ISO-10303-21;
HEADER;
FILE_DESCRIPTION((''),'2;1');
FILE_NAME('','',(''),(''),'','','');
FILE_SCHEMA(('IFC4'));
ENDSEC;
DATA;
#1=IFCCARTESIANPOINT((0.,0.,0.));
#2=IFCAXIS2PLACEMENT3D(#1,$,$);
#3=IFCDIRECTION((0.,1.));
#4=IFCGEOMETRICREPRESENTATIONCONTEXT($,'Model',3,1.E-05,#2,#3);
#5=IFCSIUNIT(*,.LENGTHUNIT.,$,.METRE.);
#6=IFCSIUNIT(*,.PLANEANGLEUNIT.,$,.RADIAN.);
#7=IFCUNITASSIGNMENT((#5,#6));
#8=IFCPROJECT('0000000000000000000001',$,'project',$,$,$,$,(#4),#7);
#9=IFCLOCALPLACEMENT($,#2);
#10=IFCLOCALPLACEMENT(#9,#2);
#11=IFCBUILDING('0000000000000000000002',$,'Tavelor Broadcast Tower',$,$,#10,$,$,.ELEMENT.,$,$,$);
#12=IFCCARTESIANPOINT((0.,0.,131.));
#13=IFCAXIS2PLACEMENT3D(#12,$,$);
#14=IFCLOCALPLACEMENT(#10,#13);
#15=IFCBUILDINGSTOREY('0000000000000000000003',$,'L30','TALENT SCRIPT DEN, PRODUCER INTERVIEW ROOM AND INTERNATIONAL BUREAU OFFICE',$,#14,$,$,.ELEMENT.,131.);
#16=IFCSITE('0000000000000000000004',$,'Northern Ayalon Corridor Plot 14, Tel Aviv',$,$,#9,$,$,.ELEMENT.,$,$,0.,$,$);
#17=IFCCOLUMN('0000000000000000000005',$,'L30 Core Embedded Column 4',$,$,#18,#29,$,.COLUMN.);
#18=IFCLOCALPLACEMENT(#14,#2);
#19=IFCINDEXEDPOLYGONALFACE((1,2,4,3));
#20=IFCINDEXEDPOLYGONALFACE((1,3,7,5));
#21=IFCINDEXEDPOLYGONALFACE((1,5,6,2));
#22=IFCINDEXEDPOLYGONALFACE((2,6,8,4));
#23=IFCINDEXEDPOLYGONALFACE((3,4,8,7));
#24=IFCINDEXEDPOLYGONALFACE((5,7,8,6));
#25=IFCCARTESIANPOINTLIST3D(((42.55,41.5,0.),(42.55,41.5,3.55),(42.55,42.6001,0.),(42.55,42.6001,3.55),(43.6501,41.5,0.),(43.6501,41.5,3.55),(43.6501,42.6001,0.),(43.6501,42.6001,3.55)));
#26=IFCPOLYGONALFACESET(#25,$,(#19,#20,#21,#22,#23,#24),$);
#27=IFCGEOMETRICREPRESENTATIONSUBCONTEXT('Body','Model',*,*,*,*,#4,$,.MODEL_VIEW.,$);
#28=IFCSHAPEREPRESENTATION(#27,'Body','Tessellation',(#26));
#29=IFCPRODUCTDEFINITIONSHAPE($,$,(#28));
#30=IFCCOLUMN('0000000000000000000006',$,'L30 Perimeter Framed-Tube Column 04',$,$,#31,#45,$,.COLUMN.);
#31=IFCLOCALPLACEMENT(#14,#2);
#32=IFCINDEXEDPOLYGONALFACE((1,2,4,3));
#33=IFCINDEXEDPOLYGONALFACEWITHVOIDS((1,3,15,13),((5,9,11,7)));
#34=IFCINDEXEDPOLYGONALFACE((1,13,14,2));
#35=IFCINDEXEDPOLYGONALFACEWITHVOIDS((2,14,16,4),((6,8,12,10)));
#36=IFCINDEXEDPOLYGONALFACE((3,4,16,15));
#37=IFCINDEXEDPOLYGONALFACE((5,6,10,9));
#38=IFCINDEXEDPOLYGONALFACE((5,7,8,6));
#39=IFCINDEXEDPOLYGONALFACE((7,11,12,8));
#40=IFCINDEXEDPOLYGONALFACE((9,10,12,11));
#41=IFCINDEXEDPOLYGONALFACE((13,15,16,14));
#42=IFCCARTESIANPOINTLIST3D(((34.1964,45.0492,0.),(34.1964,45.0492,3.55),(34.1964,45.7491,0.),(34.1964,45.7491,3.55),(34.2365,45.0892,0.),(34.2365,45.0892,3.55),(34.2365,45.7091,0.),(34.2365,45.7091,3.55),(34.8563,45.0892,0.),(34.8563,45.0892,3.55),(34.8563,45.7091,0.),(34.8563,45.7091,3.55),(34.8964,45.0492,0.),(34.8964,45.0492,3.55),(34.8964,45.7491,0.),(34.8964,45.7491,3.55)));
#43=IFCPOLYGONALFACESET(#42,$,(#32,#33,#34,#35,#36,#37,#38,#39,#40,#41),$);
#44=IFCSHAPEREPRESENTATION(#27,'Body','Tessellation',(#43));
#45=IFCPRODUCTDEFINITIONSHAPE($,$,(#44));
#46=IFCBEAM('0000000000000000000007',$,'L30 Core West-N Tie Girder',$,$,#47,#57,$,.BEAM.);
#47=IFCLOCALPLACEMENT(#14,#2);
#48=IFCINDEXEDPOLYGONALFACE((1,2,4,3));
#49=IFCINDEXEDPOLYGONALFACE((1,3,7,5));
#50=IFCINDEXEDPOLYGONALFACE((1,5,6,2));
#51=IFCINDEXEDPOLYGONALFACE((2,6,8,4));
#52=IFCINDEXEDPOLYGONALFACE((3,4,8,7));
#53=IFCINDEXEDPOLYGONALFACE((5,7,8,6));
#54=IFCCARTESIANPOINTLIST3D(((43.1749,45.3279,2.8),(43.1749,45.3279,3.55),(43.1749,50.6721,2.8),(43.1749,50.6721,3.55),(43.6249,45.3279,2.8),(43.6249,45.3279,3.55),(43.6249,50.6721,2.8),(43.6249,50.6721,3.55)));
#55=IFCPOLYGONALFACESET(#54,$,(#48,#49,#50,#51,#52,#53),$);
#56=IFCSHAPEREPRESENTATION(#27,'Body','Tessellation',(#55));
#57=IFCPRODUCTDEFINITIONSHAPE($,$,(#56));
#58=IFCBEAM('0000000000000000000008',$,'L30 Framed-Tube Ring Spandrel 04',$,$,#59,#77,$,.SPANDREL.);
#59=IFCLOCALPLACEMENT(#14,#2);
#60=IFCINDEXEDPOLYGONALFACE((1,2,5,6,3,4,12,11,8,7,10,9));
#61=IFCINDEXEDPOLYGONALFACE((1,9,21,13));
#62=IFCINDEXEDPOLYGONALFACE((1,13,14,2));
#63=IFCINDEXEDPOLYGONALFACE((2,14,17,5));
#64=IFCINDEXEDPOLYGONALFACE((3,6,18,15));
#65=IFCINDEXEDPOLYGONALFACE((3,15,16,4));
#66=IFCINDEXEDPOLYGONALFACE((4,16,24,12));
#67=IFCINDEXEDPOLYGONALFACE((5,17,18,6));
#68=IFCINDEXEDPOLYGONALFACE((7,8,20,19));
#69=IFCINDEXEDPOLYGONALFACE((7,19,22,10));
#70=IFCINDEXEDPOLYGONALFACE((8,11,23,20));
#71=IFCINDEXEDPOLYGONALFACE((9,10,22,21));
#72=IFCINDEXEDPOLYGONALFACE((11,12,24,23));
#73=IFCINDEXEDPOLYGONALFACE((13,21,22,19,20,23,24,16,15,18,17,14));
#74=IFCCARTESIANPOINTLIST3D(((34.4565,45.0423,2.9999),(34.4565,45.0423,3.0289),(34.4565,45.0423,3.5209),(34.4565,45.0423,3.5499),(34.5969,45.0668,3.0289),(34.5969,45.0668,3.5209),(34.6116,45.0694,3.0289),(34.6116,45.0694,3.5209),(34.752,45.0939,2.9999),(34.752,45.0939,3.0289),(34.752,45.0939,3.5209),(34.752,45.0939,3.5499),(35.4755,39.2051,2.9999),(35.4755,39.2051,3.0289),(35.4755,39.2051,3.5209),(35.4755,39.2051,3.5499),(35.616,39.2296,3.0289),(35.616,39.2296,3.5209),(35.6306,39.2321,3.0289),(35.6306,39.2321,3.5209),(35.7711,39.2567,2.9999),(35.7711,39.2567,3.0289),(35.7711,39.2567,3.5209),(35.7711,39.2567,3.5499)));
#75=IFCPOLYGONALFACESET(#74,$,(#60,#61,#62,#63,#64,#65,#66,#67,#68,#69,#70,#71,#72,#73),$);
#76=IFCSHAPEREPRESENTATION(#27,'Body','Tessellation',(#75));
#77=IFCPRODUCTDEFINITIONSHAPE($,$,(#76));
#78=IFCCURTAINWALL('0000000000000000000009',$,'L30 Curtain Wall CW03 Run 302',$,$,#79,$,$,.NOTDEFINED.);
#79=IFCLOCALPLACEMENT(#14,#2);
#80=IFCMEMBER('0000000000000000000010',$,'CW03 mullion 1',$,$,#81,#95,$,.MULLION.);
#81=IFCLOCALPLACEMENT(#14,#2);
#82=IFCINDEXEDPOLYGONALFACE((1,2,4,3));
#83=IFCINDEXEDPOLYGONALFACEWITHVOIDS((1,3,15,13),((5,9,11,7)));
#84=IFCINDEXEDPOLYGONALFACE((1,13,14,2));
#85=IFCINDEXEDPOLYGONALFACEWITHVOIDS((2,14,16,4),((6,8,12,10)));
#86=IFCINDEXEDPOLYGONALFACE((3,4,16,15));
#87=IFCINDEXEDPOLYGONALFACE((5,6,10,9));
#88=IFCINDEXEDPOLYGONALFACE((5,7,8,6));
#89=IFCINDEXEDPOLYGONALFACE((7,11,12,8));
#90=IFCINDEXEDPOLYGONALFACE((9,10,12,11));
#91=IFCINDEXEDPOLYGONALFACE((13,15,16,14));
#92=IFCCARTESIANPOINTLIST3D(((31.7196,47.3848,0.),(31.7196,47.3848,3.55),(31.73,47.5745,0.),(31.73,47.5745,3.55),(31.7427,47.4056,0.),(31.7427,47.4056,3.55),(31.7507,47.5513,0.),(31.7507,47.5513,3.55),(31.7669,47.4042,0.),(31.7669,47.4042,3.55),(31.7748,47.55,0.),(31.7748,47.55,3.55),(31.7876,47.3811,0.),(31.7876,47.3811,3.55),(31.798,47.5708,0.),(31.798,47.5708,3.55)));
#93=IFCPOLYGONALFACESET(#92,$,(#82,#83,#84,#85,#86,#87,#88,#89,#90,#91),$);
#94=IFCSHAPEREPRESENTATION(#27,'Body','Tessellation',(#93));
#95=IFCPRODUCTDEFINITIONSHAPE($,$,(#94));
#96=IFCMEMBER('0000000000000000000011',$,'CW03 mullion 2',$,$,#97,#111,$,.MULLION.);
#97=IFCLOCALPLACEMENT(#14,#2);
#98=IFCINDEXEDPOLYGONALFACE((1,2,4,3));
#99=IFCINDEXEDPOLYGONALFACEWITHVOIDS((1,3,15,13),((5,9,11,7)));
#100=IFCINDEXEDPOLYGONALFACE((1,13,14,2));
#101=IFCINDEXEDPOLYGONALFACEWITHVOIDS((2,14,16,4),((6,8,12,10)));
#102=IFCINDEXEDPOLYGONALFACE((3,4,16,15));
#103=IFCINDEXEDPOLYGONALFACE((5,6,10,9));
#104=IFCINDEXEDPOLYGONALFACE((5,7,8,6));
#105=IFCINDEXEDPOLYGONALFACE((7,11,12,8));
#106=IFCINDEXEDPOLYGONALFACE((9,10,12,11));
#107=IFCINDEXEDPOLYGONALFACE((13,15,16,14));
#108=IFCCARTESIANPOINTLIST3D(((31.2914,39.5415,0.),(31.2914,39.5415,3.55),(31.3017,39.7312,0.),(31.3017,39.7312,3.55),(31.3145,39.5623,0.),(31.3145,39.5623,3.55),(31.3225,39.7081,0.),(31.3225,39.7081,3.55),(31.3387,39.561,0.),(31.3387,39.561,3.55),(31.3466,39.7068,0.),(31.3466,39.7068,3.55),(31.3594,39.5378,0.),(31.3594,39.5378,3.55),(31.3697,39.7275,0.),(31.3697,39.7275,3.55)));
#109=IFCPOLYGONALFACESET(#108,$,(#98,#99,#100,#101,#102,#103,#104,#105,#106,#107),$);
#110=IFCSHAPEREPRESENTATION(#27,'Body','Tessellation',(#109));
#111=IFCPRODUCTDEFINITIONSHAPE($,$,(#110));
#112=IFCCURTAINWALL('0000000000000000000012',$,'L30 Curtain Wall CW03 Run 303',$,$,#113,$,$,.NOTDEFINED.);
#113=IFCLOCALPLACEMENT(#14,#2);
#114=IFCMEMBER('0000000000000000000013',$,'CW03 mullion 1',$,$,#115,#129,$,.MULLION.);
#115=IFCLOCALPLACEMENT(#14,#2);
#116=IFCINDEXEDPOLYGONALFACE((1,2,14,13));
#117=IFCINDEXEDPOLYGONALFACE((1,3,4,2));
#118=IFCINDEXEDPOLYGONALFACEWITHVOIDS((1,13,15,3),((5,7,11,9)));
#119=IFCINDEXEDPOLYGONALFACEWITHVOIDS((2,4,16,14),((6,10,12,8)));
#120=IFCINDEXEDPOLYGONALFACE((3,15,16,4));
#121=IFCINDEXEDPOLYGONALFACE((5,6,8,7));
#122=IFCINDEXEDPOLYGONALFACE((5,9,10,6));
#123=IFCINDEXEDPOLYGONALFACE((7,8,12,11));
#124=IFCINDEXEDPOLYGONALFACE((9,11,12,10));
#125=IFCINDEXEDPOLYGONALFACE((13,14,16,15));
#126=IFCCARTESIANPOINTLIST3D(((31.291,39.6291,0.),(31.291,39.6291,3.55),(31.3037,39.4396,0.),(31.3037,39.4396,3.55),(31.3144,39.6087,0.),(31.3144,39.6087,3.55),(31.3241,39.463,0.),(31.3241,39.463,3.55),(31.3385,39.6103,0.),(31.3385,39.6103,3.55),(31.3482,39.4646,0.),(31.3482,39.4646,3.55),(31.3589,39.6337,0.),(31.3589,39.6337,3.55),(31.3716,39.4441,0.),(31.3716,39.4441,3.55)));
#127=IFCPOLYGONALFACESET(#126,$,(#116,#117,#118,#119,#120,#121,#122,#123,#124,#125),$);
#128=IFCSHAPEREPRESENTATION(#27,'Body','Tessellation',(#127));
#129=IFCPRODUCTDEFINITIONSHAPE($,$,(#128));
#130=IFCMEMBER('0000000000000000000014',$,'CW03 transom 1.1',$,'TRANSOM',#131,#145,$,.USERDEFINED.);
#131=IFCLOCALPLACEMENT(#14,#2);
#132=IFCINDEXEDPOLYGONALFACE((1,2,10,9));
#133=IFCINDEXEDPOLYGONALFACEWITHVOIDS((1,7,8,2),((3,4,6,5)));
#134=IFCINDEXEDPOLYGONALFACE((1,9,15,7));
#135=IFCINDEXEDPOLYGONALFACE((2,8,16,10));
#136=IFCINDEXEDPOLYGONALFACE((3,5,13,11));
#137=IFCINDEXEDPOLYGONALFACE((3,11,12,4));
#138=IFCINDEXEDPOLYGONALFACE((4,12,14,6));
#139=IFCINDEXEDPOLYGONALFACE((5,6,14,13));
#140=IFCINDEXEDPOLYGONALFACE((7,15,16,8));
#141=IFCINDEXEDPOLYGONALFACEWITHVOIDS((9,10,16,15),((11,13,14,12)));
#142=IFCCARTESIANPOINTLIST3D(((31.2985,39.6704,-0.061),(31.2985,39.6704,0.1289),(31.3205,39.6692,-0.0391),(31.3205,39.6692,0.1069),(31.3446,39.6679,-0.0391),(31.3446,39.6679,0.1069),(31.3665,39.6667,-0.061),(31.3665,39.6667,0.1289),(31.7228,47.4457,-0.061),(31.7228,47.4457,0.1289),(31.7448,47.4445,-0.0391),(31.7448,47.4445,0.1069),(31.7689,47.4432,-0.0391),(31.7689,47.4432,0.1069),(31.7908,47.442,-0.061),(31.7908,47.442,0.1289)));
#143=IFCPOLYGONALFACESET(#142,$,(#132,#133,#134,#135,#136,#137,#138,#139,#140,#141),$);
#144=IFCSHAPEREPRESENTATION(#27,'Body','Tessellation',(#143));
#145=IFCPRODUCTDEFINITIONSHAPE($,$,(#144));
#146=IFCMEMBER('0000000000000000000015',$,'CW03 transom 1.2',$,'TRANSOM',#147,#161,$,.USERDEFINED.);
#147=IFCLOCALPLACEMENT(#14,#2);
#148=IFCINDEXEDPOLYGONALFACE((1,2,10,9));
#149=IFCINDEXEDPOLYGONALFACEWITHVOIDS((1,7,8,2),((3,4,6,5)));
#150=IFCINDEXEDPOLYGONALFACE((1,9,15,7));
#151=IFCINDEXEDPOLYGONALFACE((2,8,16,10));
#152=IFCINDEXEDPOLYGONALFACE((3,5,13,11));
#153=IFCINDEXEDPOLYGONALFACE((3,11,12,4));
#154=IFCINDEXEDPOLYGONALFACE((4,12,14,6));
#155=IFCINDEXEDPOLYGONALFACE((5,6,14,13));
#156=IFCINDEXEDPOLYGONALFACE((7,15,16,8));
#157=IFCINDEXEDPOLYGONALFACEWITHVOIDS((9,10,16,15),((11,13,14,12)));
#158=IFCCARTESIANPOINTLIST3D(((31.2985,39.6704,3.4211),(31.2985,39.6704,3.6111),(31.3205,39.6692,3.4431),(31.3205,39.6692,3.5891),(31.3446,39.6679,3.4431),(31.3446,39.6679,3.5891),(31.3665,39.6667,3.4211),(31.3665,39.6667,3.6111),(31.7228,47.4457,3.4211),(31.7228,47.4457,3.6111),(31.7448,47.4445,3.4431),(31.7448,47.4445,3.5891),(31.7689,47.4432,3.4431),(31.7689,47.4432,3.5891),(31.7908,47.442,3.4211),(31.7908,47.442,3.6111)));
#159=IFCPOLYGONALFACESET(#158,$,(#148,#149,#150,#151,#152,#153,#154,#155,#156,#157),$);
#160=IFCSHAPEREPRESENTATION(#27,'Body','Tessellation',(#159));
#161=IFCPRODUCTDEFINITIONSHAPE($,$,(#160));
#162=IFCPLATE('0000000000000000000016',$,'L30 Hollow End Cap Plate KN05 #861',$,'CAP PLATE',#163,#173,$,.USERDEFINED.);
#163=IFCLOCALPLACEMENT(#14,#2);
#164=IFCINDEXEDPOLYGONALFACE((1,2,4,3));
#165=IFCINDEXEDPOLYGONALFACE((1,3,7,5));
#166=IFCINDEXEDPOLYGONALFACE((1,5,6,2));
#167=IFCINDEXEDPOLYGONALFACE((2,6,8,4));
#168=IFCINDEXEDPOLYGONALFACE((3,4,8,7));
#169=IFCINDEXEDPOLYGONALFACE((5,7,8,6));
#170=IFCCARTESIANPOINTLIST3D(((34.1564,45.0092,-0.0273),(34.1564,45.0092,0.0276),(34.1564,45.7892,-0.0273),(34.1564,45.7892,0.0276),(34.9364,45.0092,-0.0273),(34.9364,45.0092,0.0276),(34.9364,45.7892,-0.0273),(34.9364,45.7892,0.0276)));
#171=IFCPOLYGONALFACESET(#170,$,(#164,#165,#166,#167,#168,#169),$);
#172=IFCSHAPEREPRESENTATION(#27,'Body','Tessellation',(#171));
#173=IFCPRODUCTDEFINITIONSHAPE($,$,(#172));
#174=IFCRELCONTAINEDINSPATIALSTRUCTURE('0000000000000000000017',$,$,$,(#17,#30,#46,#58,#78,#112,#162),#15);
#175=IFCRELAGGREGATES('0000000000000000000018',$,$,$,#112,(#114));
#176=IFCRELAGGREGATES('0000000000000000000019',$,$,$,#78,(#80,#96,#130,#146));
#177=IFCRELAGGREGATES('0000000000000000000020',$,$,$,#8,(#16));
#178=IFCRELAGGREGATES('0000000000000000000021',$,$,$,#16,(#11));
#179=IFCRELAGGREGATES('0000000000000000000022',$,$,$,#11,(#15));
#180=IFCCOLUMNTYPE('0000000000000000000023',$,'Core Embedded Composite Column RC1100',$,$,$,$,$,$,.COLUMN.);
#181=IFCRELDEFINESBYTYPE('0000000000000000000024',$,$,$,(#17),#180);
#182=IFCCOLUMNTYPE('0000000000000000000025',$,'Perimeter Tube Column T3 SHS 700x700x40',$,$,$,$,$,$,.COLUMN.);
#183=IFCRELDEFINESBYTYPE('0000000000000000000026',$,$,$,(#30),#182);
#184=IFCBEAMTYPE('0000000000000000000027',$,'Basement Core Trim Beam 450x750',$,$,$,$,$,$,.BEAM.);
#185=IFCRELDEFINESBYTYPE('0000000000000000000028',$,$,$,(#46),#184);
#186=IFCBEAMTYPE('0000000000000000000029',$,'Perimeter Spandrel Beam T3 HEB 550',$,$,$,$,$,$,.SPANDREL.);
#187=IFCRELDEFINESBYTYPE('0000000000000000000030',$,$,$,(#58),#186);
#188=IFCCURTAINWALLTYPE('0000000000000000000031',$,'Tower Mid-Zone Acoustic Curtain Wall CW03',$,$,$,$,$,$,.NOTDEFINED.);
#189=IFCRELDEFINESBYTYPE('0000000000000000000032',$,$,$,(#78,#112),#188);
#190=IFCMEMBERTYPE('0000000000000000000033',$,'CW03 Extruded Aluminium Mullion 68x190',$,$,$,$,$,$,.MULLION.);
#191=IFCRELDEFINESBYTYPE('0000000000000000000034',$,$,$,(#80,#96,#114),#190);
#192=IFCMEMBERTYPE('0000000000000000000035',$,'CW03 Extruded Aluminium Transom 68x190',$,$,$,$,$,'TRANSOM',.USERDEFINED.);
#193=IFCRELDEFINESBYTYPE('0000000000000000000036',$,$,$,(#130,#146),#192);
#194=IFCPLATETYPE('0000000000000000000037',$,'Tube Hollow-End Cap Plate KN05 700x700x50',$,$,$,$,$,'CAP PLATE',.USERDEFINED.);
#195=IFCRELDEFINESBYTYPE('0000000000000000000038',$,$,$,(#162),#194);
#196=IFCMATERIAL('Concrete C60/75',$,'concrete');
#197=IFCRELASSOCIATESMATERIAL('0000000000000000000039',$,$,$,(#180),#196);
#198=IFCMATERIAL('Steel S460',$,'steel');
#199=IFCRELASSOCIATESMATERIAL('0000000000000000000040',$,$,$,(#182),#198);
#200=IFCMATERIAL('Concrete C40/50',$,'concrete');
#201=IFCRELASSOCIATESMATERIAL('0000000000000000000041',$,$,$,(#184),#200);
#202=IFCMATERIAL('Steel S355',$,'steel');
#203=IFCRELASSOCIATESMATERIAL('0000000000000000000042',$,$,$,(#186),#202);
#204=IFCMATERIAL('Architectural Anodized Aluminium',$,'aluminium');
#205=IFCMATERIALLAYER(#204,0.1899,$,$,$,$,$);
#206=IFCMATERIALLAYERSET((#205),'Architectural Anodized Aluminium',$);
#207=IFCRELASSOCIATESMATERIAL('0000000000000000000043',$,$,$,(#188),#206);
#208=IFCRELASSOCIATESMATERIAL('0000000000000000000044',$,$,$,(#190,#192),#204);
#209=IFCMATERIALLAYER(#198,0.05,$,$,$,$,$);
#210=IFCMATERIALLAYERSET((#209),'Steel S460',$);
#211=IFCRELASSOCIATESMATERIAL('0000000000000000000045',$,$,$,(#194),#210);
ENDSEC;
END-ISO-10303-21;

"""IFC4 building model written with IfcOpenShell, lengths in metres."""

from ifc_helpers import new_model, si_unit, direction, frame, origin, origin_2d, place, context, subcontext, project, spatial, rectangle, hollow_rectangle, i_section, extrude, source, transform, mapped, material, layer, layer_set, material_profile, profile_set, type_object, type_shapes, element, aggregate, save


model = new_model("IFC4")

# Units and contexts
model_context = context("Model", 3, precision=1e-05, world=origin(), true_north=direction((0.0, 1.0)))
body_context = subcontext(model_context, "Body", "Model", "MODEL_VIEW")
ifc_project = project(units=[si_unit("LENGTHUNIT", "METRE"), si_unit("PLANEANGLEUNIT", "RADIAN")], contexts=[model_context])

# Site, building, storey
site_placement = place(None, origin())
site = spatial("IfcSite", under=ifc_project, at=site_placement, Name="Northern Ayalon Corridor Plot 14, Tel Aviv", CompositionType="ELEMENT", RefElevation=0.0)
building_placement = place(site_placement, origin())
building = spatial("IfcBuilding", under=site, at=building_placement, Name="Tavelor Broadcast Tower", CompositionType="ELEMENT")
storey_placement = place(building_placement, frame((0.0, 0.0, 131.0)))
storey = spatial("IfcBuildingStorey", under=building, at=storey_placement, Name="L30", Description="TALENT SCRIPT DEN, PRODUCER INTERVIEW ROOM AND INTERNATIONAL BUREAU OFFICE", CompositionType="ELEMENT", Elevation=131.0)

# Columns
ifc_material_1 = material(Name="Concrete C60/75", Category="concrete")
ifc_material_profile_1 = material_profile(ifc_material_1, rectangle(XDim=1.1001, YDim=1.1001, at=origin_2d()), Name="RC 1100x1100")
ifc_profile_set_1 = profile_set([ifc_material_profile_1], Name="Concrete C60/75")
column_type_1 = type_object("IfcColumnType", Name="Core Embedded Composite Column RC1100", PredefinedType="COLUMN", material=ifc_profile_set_1)
column_1_placement = place(storey_placement, frame((43.1001, 42.05, 0.0), z_axis=(0.0, 0.0, 1.0), x_axis=(1.0, 0.0, 0.0)))
element("IfcColumn", 1, at=column_1_placement, inside=storey, type_object=column_type_1, Name="L30 Core Embedded Column 4", PredefinedType="COLUMN", context=body_context, shape_type="SweptSolid", body=[
    extrude(rectangle(XDim=1.1001, YDim=1.1001, at=origin_2d()), origin(), (0.0, 0.0, 1.0), 3.55),
])
ifc_material_2 = material(Name="Steel S460", Category="steel")
ifc_material_profile_2 = material_profile(ifc_material_2, hollow_rectangle(XDim=0.7, YDim=0.7, WallThickness=0.04, at=origin_2d()), Name="SHS 700x700x40")
ifc_profile_set_2 = profile_set([ifc_material_profile_2], Name="Steel S460")
column_type_2 = type_object("IfcColumnType", Name="Perimeter Tube Column T3 SHS 700x700x40", PredefinedType="COLUMN", material=ifc_profile_set_2)
column_2_placement = place(storey_placement, frame((34.5464, 45.3992, 0.0), z_axis=(0.0, 0.0, 1.0), x_axis=(1.0, 0.0, 0.0)))
element("IfcColumn", 2, at=column_2_placement, inside=storey, type_object=column_type_2, Name="L30 Perimeter Framed-Tube Column 04", PredefinedType="COLUMN", context=body_context, shape_type="SweptSolid", body=[
    extrude(hollow_rectangle(XDim=0.7, YDim=0.7, WallThickness=0.04, at=origin_2d()), origin(), (0.0, 0.0, 1.0), 3.55),
])

# Beams
ifc_material_3 = material(Name="Concrete C40/50", Category="concrete")
ifc_material_profile_3 = material_profile(ifc_material_3, rectangle(XDim=0.45, YDim=0.75, at=origin_2d()), Name="RC 450x750")
ifc_profile_set_3 = profile_set([ifc_material_profile_3], Name="Concrete C40/50")
beam_type_1 = type_object("IfcBeamType", Name="Basement Core Trim Beam 450x750", PredefinedType="BEAM", material=ifc_profile_set_3)
beam_1_placement = place(storey_placement, frame((43.3999, 45.3279, 3.175), z_axis=(0.0, 1.0, 0.0), x_axis=(-1.0, 0.0, 0.0)))
element("IfcBeam", 3, at=beam_1_placement, inside=storey, type_object=beam_type_1, Name="L30 Core West-N Tie Girder", PredefinedType="BEAM", context=body_context, shape_type="SweptSolid", body=[
    extrude(rectangle(XDim=0.45, YDim=0.75, at=origin_2d()), origin(), (0.0, 0.0, 1.0), 5.3442),
])
ifc_material_4 = material(Name="Steel S355", Category="steel")
ifc_material_profile_4 = material_profile(ifc_material_4, i_section(OverallWidth=0.3, OverallDepth=0.55, WebThickness=0.0149, FlangeThickness=0.0291, at=origin_2d()), Name="HEB 550")
ifc_profile_set_4 = profile_set([ifc_material_profile_4], Name="Steel S355")
beam_type_2 = type_object("IfcBeamType", Name="Perimeter Spandrel Beam T3 HEB 550", PredefinedType="SPANDREL", material=ifc_profile_set_4)
beam_2_placement = place(storey_placement, frame((34.6042, 45.0681, 3.2749), z_axis=(0.171978, -0.985101, 0.0), x_axis=(0.985101, 0.171978, 0.0)))
element("IfcBeam", 4, at=beam_2_placement, inside=storey, type_object=beam_type_2, Name="L30 Framed-Tube Ring Spandrel 04", PredefinedType="SPANDREL", context=body_context, shape_type="SweptSolid", body=[
    extrude(i_section(OverallWidth=0.3, OverallDepth=0.55, WebThickness=0.0149, FlangeThickness=0.0291, at=origin_2d()), origin(), (0.0, 0.0, 1.0), 5.9255),
])

# Curtain wall, members
ifc_material_5 = material(Name="Architectural Anodized Aluminium", Category="aluminium")
ifc_layer_1 = layer(ifc_material_5, 0.1899)
ifc_layer_set_1 = layer_set([ifc_layer_1], Name="Architectural Anodized Aluminium")
curtain_wall_type = type_object("IfcCurtainWallType", Name="Tower Mid-Zone Acoustic Curtain Wall CW03", PredefinedType="NOTDEFINED", material=ifc_layer_set_1)
curtain_wall_1_placement = place(storey_placement, origin())
curtain_wall_1 = element("IfcCurtainWall", 5, at=curtain_wall_1_placement, inside=storey, type_object=curtain_wall_type, Name="L30 Curtain Wall CW03 Run 302", PredefinedType="NOTDEFINED")
ifc_material_profile_5 = material_profile(ifc_material_5, hollow_rectangle(XDim=0.0681, YDim=0.1899, WallThickness=0.022, at=origin_2d()), Name="RHS 68x190x22")
ifc_profile_set_5 = profile_set([ifc_material_profile_5], Name="Architectural Anodized Aluminium")
member_type_1 = type_object("IfcMemberType", Name="CW03 Extruded Aluminium Mullion 68x190", PredefinedType="MULLION", material=ifc_profile_set_5)
shared_shape_1 = source(origin(), body_context, "Body", "SweptSolid", [
    extrude(hollow_rectangle(XDim=0.0681, YDim=0.1899, WallThickness=0.022, at=origin_2d()), origin(), (0.0, 0.0, 1.0), 3.55),
])
type_shapes(member_type_1, [shared_shape_1])
member_1_placement = place(storey_placement, frame((31.7588, 47.4778, 0.0), z_axis=(0.0, 0.0, 1.0), x_axis=(0.998514, -0.054499, 0.0)))
member_1 = element("IfcMember", 6, at=member_1_placement, type_object=member_type_1, Name="CW03 mullion 1", PredefinedType="MULLION", context=body_context, shape_type="MappedRepresentation", body=[
    mapped(shared_shape_1, transform((0.0, 0.0, 0.0), scale=1.0)),
])
member_2_placement = place(storey_placement, frame((31.3306, 39.6345, 0.0), z_axis=(0.0, 0.0, 1.0), x_axis=(0.998514, -0.054499, 0.0)))
member_2 = element("IfcMember", 7, at=member_2_placement, type_object=member_type_1, Name="CW03 mullion 2", PredefinedType="MULLION", context=body_context, shape_type="MappedRepresentation", body=[
    mapped(shared_shape_1, transform((0.0, 0.0, 0.0), scale=1.0)),
])

# Curtain wall, member
curtain_wall_2_placement = place(storey_placement, origin())
curtain_wall_2 = element("IfcCurtainWall", 8, at=curtain_wall_2_placement, inside=storey, type_object=curtain_wall_type, Name="L30 Curtain Wall CW03 Run 303", PredefinedType="NOTDEFINED")
member_3_placement = place(storey_placement, frame((31.3313, 39.5366, 0.0), z_axis=(0.0, 0.0, 1.0), x_axis=(0.997772, 0.066716, 0.0)))
member_3 = element("IfcMember", 9, at=member_3_placement, type_object=member_type_1, Name="CW03 mullion 1", PredefinedType="MULLION", context=body_context, shape_type="MappedRepresentation", body=[
    mapped(shared_shape_1, transform((0.0, 0.0, 0.0), scale=1.0)),
])
aggregate(curtain_wall_2, [member_3])

# Members
ifc_material_profile_6 = material_profile(ifc_material_5, hollow_rectangle(XDim=0.0681, YDim=0.1899, WallThickness=0.022, at=origin_2d()), Name="RHS 68x190x22")
ifc_profile_set_6 = profile_set([ifc_material_profile_6], Name="Architectural Anodized Aluminium")
member_type_2 = type_object("IfcMemberType", Name="CW03 Extruded Aluminium Transom 68x190", ElementType="TRANSOM", PredefinedType="USERDEFINED", material=ifc_profile_set_6)
shared_shape_2 = source(origin(), body_context, "Body", "SweptSolid", [
    extrude(hollow_rectangle(XDim=0.0681, YDim=0.1899, WallThickness=0.022, at=origin_2d()), origin(), (0.0, 0.0, 1.0), 7.7869),
])
type_shapes(member_type_2, [shared_shape_2])
member_4_placement = place(storey_placement, frame((31.7568, 47.4438, 0.0339), z_axis=(-0.054491, -0.998514, 0.0), x_axis=(0.998514, -0.054491, 0.0)))
member_4 = element("IfcMember", 10, at=member_4_placement, type_object=member_type_2, Name="CW03 transom 1.1", ObjectType="TRANSOM", PredefinedType="USERDEFINED", context=body_context, shape_type="MappedRepresentation", body=[
    mapped(shared_shape_2, transform((0.0, 0.0, 0.0), scale=1.0)),
])
member_5_placement = place(storey_placement, frame((31.7568, 47.4438, 3.5161), z_axis=(-0.054491, -0.998514, 0.0), x_axis=(0.998514, -0.054491, 0.0)))
member_5 = element("IfcMember", 11, at=member_5_placement, type_object=member_type_2, Name="CW03 transom 1.2", ObjectType="TRANSOM", PredefinedType="USERDEFINED", context=body_context, shape_type="MappedRepresentation", body=[
    mapped(shared_shape_2, transform((0.0, 0.0, 0.0), scale=1.0)),
])

# Plate
ifc_layer_2 = layer(ifc_material_2, 0.05)
ifc_layer_set_2 = layer_set([ifc_layer_2], Name="Steel S460")
plate_type_1 = type_object("IfcPlateType", Name="Tube Hollow-End Cap Plate KN05 700x700x50", ElementType="CAP PLATE", PredefinedType="USERDEFINED", material=ifc_layer_set_2)
shared_shape_3 = source(origin(), body_context, "Body", "SweptSolid", [
    extrude(rectangle(XDim=0.78, YDim=0.78, at=origin_2d()), origin(), (0.0, 0.0, 1.0), 0.0549),
])
type_shapes(plate_type_1, [shared_shape_3])
for number, where, z_axis, x_axis, name in (
    (12, (34.5464, 45.3992, -0.0273), (0.0, 0.0, 1.0), (1.0, 0.0, 0.0), "L30 Hollow End Cap Plate KN05 #861"),
):
    element("IfcPlate", number, at=place(storey_placement, frame(where, z_axis=z_axis, x_axis=x_axis)), inside=storey, type_object=plate_type_1, Name=name, ObjectType="CAP PLATE", PredefinedType="USERDEFINED", context=body_context, shape_type="MappedRepresentation", body=[
        mapped(shared_shape_3, transform((0.0, 0.0, 0.0), scale=1.0)),
    ])

aggregate(curtain_wall_1, [member_1, member_2, member_4, member_5])

save(model, "model.ifc")
